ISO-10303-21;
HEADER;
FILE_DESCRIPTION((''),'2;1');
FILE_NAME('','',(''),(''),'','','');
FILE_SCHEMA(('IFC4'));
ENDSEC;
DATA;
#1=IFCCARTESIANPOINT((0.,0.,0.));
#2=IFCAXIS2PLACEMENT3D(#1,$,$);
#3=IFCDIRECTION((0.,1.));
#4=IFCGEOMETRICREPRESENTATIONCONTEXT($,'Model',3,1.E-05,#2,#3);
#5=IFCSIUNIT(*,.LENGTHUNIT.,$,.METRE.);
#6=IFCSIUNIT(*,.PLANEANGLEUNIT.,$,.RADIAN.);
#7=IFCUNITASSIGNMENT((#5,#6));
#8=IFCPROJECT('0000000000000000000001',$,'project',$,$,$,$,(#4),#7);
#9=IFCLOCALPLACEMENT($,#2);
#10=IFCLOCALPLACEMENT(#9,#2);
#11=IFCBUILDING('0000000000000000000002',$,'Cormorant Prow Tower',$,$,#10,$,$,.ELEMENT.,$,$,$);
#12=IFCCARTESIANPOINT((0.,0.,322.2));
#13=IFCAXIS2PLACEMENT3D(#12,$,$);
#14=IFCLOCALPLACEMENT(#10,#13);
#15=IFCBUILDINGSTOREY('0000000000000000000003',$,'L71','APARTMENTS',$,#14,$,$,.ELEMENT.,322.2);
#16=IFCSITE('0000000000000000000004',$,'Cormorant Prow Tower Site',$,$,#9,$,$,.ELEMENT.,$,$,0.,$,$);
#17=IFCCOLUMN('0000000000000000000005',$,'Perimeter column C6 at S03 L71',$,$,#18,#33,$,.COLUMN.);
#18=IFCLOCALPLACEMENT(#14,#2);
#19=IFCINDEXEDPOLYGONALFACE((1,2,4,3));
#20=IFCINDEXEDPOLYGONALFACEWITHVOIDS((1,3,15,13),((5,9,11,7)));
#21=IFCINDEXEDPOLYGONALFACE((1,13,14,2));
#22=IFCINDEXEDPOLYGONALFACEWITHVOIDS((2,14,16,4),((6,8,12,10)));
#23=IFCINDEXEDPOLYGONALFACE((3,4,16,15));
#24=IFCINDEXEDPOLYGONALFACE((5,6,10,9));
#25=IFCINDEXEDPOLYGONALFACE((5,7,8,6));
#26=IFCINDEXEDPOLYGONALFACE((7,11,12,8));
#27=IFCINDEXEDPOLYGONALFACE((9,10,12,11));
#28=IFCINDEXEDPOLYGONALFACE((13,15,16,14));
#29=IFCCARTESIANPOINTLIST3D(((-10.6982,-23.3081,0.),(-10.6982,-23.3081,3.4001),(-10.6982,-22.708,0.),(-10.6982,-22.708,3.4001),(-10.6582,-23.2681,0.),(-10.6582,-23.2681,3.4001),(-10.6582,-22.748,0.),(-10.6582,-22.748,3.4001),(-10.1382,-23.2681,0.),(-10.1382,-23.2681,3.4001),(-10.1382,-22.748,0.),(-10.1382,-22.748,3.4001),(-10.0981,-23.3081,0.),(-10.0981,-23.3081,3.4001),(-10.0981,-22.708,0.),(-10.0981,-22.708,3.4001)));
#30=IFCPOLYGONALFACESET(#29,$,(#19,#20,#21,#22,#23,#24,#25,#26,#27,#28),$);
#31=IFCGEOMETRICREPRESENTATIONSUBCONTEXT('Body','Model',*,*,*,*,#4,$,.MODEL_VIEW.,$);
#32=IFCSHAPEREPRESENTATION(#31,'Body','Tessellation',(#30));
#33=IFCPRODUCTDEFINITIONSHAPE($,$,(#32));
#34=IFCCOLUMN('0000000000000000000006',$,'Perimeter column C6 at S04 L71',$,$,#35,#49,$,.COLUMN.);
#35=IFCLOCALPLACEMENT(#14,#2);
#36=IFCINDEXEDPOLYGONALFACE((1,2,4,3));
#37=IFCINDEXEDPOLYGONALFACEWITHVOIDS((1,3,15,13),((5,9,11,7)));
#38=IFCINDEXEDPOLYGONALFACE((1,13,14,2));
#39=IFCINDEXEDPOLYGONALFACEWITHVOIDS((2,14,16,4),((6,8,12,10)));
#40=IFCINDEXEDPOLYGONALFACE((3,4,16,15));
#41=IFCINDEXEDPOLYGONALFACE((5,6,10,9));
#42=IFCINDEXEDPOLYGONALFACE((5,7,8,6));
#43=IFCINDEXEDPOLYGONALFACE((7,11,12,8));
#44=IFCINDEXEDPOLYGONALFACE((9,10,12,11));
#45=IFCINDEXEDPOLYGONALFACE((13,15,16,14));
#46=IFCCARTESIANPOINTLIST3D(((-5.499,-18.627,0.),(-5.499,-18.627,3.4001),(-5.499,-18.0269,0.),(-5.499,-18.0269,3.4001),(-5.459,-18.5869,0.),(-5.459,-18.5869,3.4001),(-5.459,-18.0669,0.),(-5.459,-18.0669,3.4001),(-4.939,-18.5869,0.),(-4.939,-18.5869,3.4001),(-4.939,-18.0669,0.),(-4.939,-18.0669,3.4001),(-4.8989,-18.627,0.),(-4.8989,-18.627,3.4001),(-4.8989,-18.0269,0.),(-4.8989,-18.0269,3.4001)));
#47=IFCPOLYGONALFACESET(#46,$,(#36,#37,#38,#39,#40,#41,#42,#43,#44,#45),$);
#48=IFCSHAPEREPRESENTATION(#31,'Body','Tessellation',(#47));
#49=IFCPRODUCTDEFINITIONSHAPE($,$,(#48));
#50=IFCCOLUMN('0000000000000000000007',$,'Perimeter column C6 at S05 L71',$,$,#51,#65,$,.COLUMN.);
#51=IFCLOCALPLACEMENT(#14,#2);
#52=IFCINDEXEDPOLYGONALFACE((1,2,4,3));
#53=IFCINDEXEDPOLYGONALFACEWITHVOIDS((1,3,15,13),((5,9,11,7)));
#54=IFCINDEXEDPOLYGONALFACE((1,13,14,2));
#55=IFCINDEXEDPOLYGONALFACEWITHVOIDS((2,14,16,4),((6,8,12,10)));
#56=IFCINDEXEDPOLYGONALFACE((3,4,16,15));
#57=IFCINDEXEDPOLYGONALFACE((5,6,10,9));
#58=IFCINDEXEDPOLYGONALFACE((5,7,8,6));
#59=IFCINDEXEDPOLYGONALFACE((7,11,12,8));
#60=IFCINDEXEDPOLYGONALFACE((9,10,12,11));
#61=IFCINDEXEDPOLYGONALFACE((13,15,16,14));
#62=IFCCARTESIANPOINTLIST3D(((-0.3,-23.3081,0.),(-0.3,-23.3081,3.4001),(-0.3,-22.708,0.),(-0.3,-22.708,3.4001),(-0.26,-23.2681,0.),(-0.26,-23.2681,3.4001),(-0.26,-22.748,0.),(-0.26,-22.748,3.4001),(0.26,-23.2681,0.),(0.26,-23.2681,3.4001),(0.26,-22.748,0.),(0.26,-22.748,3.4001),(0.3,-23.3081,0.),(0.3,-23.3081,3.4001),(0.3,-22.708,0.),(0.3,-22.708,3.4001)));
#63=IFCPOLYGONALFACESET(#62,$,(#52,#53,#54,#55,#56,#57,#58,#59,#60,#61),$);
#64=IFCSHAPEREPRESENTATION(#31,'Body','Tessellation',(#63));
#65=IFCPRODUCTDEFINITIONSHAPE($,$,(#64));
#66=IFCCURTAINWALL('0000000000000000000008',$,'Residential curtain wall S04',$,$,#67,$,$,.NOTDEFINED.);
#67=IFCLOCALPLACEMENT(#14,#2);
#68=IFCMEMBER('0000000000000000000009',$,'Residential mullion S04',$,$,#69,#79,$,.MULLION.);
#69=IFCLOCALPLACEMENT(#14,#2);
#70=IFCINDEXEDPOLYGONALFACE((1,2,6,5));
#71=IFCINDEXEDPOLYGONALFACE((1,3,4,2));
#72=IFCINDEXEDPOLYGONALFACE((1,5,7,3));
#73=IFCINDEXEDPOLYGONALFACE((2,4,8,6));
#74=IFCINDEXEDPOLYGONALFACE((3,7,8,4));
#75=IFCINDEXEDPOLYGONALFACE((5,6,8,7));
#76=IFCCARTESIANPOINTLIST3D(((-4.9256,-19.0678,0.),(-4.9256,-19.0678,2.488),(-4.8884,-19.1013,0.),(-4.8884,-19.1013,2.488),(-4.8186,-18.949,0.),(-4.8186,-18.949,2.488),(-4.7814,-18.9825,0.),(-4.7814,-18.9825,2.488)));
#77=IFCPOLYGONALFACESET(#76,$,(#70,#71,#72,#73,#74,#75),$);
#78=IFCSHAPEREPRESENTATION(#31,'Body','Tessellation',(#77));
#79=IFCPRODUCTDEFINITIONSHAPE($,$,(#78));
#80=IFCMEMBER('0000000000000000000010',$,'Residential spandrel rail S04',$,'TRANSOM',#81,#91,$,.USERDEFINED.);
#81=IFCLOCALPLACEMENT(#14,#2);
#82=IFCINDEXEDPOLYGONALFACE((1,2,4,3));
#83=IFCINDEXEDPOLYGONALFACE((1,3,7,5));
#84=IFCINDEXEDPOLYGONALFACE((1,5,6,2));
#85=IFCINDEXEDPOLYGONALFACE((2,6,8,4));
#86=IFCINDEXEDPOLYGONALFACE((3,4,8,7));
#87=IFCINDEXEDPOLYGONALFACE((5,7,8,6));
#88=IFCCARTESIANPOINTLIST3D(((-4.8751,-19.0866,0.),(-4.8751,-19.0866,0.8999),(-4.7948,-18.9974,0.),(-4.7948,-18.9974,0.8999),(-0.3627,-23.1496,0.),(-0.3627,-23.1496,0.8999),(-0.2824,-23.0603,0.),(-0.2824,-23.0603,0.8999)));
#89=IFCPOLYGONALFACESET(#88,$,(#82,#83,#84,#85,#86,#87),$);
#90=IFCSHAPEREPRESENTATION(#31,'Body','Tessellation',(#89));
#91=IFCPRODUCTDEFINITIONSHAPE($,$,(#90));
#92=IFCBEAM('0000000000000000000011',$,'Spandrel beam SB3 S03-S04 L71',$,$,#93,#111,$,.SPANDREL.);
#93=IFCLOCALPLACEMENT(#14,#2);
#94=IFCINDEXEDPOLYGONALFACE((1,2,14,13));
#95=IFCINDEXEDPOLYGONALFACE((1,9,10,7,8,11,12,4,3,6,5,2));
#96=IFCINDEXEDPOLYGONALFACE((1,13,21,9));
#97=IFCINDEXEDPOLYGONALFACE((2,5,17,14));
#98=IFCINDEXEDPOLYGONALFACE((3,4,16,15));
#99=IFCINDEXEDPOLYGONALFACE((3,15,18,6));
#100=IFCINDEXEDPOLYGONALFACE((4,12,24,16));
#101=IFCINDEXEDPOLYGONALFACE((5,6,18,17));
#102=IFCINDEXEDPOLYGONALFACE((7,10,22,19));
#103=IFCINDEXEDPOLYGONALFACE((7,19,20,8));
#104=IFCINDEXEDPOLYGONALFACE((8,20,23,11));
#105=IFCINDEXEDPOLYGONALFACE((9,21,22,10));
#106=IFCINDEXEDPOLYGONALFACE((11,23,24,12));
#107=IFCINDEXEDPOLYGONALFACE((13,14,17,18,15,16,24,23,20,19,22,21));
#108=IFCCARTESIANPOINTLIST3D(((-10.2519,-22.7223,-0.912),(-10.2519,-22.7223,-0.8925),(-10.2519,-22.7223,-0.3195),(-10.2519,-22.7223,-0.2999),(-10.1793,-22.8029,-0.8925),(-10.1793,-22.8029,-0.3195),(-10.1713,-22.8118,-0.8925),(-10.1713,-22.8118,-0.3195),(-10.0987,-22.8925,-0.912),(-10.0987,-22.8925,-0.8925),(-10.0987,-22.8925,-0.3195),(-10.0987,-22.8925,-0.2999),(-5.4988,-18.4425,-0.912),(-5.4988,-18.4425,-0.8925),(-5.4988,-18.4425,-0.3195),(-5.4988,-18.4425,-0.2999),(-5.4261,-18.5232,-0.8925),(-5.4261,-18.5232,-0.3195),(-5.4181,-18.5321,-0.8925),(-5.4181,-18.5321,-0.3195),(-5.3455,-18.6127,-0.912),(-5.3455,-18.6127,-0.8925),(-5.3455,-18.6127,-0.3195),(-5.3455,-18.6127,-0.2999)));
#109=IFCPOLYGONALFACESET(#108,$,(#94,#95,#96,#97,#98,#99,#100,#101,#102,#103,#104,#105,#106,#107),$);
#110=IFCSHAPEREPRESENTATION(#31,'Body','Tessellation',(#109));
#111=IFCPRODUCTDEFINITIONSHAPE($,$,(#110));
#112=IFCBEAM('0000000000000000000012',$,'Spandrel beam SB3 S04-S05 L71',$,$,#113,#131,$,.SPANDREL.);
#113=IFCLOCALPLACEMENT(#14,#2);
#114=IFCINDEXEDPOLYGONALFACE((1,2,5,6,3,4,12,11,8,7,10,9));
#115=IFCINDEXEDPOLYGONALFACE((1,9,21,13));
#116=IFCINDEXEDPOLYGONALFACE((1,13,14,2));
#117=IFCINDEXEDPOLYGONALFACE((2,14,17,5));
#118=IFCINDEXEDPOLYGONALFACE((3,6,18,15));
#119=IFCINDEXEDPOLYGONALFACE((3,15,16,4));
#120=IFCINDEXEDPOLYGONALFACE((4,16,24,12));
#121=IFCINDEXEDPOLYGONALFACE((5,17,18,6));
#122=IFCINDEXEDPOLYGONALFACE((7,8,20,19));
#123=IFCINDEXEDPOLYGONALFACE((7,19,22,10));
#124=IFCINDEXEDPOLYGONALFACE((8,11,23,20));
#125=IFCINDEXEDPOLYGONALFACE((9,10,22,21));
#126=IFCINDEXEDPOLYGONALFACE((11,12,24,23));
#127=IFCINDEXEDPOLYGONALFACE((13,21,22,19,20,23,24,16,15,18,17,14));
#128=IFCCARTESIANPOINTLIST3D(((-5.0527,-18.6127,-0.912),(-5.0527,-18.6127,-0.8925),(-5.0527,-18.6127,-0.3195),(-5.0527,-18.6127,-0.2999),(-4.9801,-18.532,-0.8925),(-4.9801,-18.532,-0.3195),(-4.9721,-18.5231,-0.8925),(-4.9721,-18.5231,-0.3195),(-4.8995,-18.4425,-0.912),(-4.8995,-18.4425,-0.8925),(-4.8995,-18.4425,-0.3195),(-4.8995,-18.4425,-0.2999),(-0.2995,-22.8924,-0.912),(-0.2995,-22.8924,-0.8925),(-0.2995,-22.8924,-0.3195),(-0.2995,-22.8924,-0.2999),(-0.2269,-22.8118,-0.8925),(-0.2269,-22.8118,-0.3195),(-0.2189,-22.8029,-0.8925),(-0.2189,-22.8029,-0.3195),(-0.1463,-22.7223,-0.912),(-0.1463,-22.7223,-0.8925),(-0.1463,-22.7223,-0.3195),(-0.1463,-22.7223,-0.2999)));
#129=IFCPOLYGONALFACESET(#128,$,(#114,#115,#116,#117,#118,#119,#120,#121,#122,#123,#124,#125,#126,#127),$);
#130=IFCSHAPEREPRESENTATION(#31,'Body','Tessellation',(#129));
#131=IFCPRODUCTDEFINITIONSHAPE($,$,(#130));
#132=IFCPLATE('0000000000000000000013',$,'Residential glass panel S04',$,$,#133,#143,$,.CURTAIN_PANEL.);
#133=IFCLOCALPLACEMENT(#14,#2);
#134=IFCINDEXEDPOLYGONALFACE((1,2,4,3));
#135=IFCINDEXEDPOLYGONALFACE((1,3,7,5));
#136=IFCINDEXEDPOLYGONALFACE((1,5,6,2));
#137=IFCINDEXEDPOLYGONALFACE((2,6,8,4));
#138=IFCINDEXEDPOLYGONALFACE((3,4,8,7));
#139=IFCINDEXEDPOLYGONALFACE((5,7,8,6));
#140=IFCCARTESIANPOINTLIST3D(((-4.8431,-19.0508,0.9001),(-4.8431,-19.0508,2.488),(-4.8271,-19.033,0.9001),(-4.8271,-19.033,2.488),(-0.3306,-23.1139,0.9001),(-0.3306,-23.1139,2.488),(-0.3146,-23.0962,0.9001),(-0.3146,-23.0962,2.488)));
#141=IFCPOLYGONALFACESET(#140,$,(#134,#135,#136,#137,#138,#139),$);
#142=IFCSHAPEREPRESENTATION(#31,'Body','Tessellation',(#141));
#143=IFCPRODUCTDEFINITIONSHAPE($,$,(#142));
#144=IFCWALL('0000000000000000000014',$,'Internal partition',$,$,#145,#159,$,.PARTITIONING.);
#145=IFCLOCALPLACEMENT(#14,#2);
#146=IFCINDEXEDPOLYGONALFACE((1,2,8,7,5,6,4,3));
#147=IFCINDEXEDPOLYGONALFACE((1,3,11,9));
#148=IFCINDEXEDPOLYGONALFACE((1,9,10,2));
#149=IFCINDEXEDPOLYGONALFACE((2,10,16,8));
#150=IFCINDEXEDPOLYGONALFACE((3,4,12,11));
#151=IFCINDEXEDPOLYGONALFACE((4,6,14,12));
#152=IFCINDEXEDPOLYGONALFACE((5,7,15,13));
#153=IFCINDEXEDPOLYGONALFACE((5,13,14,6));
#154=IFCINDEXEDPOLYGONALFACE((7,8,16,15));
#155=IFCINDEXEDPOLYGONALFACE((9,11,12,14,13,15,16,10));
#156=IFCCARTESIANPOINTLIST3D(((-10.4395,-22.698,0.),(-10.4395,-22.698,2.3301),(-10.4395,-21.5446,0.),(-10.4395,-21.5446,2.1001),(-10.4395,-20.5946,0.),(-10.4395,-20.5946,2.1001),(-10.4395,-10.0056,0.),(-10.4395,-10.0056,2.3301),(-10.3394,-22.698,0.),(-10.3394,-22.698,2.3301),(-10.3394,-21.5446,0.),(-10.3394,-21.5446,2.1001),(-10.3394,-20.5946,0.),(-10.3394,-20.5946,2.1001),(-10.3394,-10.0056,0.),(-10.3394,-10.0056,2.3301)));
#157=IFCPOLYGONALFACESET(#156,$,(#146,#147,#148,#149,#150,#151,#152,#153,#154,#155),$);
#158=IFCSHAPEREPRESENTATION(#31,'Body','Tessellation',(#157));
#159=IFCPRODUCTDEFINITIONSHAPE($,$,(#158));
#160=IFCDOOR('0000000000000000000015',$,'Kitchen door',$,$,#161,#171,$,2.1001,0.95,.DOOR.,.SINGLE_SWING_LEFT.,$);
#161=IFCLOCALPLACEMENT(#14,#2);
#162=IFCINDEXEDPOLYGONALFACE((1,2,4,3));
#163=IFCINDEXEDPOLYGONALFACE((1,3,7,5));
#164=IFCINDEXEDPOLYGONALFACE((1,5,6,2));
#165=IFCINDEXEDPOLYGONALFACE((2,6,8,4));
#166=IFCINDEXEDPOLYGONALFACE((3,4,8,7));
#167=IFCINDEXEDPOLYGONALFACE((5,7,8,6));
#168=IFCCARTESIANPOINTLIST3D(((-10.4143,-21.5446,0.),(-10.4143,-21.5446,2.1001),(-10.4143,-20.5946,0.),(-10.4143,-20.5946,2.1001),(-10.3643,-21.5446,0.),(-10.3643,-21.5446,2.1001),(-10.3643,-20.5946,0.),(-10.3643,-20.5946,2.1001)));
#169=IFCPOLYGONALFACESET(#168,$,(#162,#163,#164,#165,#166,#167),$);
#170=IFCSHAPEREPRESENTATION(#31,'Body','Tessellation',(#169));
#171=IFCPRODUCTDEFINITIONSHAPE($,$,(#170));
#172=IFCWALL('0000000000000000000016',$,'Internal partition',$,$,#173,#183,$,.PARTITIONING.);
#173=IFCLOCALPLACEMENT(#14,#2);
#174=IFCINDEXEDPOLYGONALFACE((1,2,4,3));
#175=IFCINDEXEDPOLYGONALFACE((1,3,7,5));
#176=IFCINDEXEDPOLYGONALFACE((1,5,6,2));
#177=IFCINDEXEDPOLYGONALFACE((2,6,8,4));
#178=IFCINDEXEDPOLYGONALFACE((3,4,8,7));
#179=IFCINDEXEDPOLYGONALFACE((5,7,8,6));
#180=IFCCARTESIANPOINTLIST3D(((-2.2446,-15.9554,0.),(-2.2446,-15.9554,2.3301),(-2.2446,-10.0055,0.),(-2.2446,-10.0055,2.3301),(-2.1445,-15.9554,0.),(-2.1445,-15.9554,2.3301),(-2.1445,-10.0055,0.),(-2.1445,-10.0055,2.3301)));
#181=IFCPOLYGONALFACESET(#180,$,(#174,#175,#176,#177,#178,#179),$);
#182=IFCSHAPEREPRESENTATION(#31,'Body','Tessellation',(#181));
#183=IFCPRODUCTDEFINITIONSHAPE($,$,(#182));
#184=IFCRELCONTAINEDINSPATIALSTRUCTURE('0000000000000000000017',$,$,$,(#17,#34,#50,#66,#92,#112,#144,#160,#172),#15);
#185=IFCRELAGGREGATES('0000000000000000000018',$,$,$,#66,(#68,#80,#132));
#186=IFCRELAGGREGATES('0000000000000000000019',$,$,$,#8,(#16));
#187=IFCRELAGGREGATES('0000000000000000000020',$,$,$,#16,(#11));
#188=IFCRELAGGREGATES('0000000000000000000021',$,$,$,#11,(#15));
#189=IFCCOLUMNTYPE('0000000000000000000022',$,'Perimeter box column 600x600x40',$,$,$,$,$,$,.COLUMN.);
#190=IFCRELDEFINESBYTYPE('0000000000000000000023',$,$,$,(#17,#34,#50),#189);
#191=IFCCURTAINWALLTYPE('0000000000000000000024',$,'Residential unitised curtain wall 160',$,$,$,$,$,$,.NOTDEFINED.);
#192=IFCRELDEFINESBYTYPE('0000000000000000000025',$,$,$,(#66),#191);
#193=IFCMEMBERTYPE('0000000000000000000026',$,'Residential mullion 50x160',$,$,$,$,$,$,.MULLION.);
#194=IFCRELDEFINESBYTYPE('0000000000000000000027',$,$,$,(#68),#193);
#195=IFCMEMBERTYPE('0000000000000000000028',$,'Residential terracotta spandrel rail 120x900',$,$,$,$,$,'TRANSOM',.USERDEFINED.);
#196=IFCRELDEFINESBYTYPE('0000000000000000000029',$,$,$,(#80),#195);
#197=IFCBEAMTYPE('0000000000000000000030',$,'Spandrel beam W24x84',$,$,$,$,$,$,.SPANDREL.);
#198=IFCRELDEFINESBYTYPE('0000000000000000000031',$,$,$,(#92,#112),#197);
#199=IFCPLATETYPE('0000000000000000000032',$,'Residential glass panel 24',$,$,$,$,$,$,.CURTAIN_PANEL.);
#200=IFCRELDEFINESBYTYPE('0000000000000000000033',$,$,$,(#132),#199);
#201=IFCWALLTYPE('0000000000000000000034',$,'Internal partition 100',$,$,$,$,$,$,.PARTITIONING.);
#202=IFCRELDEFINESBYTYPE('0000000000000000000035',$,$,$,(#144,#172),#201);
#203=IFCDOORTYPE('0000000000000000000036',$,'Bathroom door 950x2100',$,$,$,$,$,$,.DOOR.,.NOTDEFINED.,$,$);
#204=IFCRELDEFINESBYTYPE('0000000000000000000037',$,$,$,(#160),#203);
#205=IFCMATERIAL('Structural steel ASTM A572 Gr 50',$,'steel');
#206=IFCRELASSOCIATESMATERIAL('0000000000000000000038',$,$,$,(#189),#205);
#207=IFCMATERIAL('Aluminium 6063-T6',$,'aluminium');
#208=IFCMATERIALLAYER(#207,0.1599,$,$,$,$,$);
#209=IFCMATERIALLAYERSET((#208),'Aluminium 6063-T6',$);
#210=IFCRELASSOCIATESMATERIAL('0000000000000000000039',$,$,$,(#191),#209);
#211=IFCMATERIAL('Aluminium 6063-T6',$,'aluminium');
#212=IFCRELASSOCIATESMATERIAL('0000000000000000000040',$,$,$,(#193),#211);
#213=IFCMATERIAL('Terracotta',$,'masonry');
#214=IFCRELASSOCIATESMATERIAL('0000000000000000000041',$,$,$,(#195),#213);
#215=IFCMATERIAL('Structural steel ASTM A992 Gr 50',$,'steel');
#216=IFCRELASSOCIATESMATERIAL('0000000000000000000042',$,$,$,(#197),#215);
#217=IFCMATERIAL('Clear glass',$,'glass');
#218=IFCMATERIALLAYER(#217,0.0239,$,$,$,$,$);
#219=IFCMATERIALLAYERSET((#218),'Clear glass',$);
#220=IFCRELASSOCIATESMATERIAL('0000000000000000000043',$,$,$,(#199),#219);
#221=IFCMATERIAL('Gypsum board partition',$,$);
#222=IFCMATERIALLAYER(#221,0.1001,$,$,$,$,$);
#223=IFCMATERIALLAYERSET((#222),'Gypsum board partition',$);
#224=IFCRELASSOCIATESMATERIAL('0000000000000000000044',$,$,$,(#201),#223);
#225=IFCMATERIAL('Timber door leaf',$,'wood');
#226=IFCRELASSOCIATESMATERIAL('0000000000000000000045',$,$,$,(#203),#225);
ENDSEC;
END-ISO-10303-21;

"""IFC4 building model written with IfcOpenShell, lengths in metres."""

from ifc_helpers import new_model, si_unit, direction, frame, frame_2d, origin, origin_2d, place, context, subcontext, project, spatial, rectangle, hollow_rectangle, i_section, extrude, material, layer, layer_set, material_profile, profile_set, type_object, element, fill, aggregate, save


model = new_model("IFC4")

# Units and contexts
model_context = context("Model", 3, precision=1e-05, world=origin(), true_north=direction((0.0, 1.0)))
body_context = subcontext(model_context, "Body", "Model", "MODEL_VIEW")
ifc_project = project(units=[si_unit("LENGTHUNIT", "METRE"), si_unit("PLANEANGLEUNIT", "RADIAN")], contexts=[model_context])

# Site, building, storey
site_placement = place(None, origin())
site = spatial("IfcSite", under=ifc_project, at=site_placement, Name="Cormorant Prow Tower Site", CompositionType="ELEMENT", RefElevation=0.0)
building_placement = place(site_placement, origin())
building = spatial("IfcBuilding", under=site, at=building_placement, Name="Cormorant Prow Tower", CompositionType="ELEMENT")
storey_placement = place(building_placement, frame((0.0, 0.0, 322.2)))
storey = spatial("IfcBuildingStorey", under=building, at=storey_placement, Name="L71", Description="APARTMENTS", CompositionType="ELEMENT", Elevation=322.2)

# Columns
ifc_material_1 = material(Name="Structural steel ASTM A572 Gr 50", Category="steel")
ifc_material_profile_1 = material_profile(ifc_material_1, hollow_rectangle(XDim=0.6001, YDim=0.6001, WallThickness=0.04, at=origin_2d()), Name="Box 600x600x40")
ifc_profile_set_1 = profile_set([ifc_material_profile_1], Name="Structural steel ASTM A572 Gr 50")
column_type = type_object("IfcColumnType", Name="Perimeter box column 600x600x40", PredefinedType="COLUMN", material=ifc_profile_set_1)
for number, where, z_axis, x_axis, name in (
    (1, (-10.3982, -23.0081, 0.0), (0.0, 0.0, 1.0), (1.0, 0.0, 0.0), "Perimeter column C6 at S03 L71"),
    (2, (-5.199, -18.3269, 0.0), (0.0, 0.0, 1.0), (1.0, 0.0, 0.0), "Perimeter column C6 at S04 L71"),
    (3, (0.0, -23.0081, 0.0), (0.0, 0.0, 1.0), (1.0, 0.0, 0.0), "Perimeter column C6 at S05 L71"),
):
    element("IfcColumn", number, at=place(storey_placement, frame(where, z_axis=z_axis, x_axis=x_axis)), inside=storey, type_object=column_type, Name=name, PredefinedType="COLUMN", context=body_context, shape_type="SweptSolid", body=[
        extrude(hollow_rectangle(XDim=0.6001, YDim=0.6001, WallThickness=0.04, at=origin_2d()), origin(), (0.0, 0.0, 1.0), 3.4001),
    ])

# Curtain wall, members
ifc_material_2 = material(Name="Aluminium 6063-T6", Category="aluminium")
ifc_layer_1 = layer(ifc_material_2, 0.1599)
ifc_layer_set_1 = layer_set([ifc_layer_1], Name="Aluminium 6063-T6")
curtain_wall_type = type_object("IfcCurtainWallType", Name="Residential unitised curtain wall 160", PredefinedType="NOTDEFINED", material=ifc_layer_set_1)
curtain_wall_placement = place(storey_placement, origin())
curtain_wall = element("IfcCurtainWall", 4, at=curtain_wall_placement, inside=storey, type_object=curtain_wall_type, Name="Residential curtain wall S04", PredefinedType="NOTDEFINED")
ifc_material_3 = material(Name="Aluminium 6063-T6", Category="aluminium")
ifc_material_profile_2 = material_profile(ifc_material_3, rectangle(XDim=0.1599, YDim=0.05, at=origin_2d()), Name="Residential mullion 50x160")
ifc_profile_set_2 = profile_set([ifc_material_profile_2], Name="Aluminium 6063-T6")
member_type_1 = type_object("IfcMemberType", Name="Residential mullion 50x160", PredefinedType="MULLION", material=ifc_profile_set_2)
member_1_placement = place(storey_placement, frame((-4.8535, -19.0251, 0.0), z_axis=(0.0, 0.0, 1.0), x_axis=(0.669131, 0.743145, 0.0)))
member_1 = element("IfcMember", 5, at=member_1_placement, type_object=member_type_1, Name="Residential mullion S04", PredefinedType="MULLION", context=body_context, shape_type="SweptSolid", body=[
    extrude(rectangle(XDim=0.1599, YDim=0.05, at=origin_2d()), origin(), (0.0, 0.0, 1.0), 2.488),
])
ifc_material_4 = material(Name="Terracotta", Category="masonry")
ifc_material_profile_3 = material_profile(ifc_material_4, rectangle(XDim=0.1201, YDim=0.8999, at=origin_2d()), Name="Residential terracotta spandrel rail 120x900")
ifc_profile_set_3 = profile_set([ifc_material_profile_3], Name="Terracotta")
member_type_2 = type_object("IfcMemberType", Name="Residential terracotta spandrel rail 120x900", ElementType="TRANSOM", PredefinedType="USERDEFINED", material=ifc_profile_set_3)
member_2_placement = place(storey_placement, frame((-4.835, -19.042, 0.45), z_axis=(0.743148, -0.669127, 0.0), x_axis=(0.669127, 0.743148, 0.0)))
member_2 = element("IfcMember", 6, at=member_2_placement, type_object=member_type_2, Name="Residential spandrel rail S04", ObjectType="TRANSOM", PredefinedType="USERDEFINED", context=body_context, shape_type="SweptSolid", body=[
    extrude(rectangle(XDim=0.1201, YDim=0.8999, at=origin_2d()), origin(), (0.0, 0.0, 1.0), 6.072),
])

# Beams
ifc_material_5 = material(Name="Structural steel ASTM A992 Gr 50", Category="steel")
ifc_material_profile_4 = material_profile(ifc_material_5, i_section(OverallWidth=0.229, OverallDepth=0.6121, WebThickness=0.012, FlangeThickness=0.0195, at=origin_2d()), Name="W24x84")
ifc_profile_set_4 = profile_set([ifc_material_profile_4], Name="Structural steel ASTM A992 Gr 50")
beam_type = type_object("IfcBeamType", Name="Spandrel beam W24x84", PredefinedType="SPANDREL", material=ifc_profile_set_4)
for number, where, z_axis, x_axis, name in (
    (7, (-10.1753, -22.8074, -0.606), (0.743144, 0.669131, 0.0), (-0.669131, 0.743144, 0.0), "Spandrel beam SB3 S03-S04 L71"),
    (8, (-4.9761, -18.5276, -0.606), (0.743144, -0.669131, 0.0), (0.669131, 0.743144, 0.0), "Spandrel beam SB3 S04-S05 L71"),
):
    element("IfcBeam", number, at=place(storey_placement, frame(where, z_axis=z_axis, x_axis=x_axis)), inside=storey, type_object=beam_type, Name=name, PredefinedType="SPANDREL", context=body_context, shape_type="SweptSolid", body=[
        extrude(i_section(OverallWidth=0.229, OverallDepth=0.6121, WebThickness=0.012, FlangeThickness=0.0195, at=origin_2d()), origin(), (0.0, 0.0, 1.0), 6.396),
    ])

# Plate
ifc_material_6 = material(Name="Clear glass", Category="glass")
ifc_layer_2 = layer(ifc_material_6, 0.0239)
ifc_layer_set_2 = layer_set([ifc_layer_2], Name="Clear glass")
plate_type = type_object("IfcPlateType", Name="Residential glass panel 24", PredefinedType="CURTAIN_PANEL", material=ifc_layer_set_2)
plate_placement = place(storey_placement, frame((-2.5789, -21.0735, 0.9001), z_axis=(0.0, 0.0, 1.0), x_axis=(0.743145, -0.669131, 0.0)))
plate = element("IfcPlate", 9, at=plate_placement, type_object=plate_type, Name="Residential glass panel S04", PredefinedType="CURTAIN_PANEL", context=body_context, shape_type="SweptSolid", body=[
    extrude(rectangle(XDim=6.0723, YDim=0.0239, at=origin_2d()), origin(), (0.0, 0.0, 1.0), 1.5879),
])
aggregate(curtain_wall, [member_1, member_2, plate])

# Wall, opening, door
ifc_material_7 = material(Name="Gypsum board partition")
ifc_layer_3 = layer(ifc_material_7, 0.1001)
ifc_layer_set_3 = layer_set([ifc_layer_3], Name="Gypsum board partition")
wall_type_1 = type_object("IfcWallType", Name="Internal partition 100", PredefinedType="PARTITIONING", material=ifc_layer_set_3)
wall_1_placement = place(storey_placement, frame((-10.3894, -22.698, 0.0), z_axis=(0.0, 0.0, 1.0), x_axis=(0.0, 1.0, 0.0)))
wall_1 = element("IfcWall", 10, at=wall_1_placement, inside=storey, type_object=wall_type_1, Name="Internal partition", PredefinedType="PARTITIONING", context=body_context, shape_type="SweptSolid", body=[
    extrude(rectangle(XDim=12.6924, YDim=0.1001, at=frame_2d((6.3462, 0.0))), origin(), (0.0, 0.0, 1.0), 2.3301),
])
opening_1_placement = place(wall_1_placement, frame((1.1533, 0.0, 0.0)))
opening_1 = element("IfcOpeningElement", 11, at=opening_1_placement, cuts=wall_1, PredefinedType="OPENING", context=body_context, shape_type="SweptSolid", body=[
    extrude(rectangle(XDim=0.95, YDim=2.1001, at=frame_2d((0.4751, 1.05))), frame((0.0, 0.0601, 0.0), z_axis=(0.0, -1.0, 0.0), x_axis=(1.0, 0.0, 0.0)), (0.0, 0.0, 1.0), 0.1201),
])
ifc_material_8 = material(Name="Timber door leaf", Category="wood")
door_type_1 = type_object("IfcDoorType", Name="Bathroom door 950x2100", OperationType="NOTDEFINED", PredefinedType="DOOR", material=ifc_material_8)
door_1_placement = place(opening_1_placement, origin())
door_1 = element("IfcDoor", 12, at=door_1_placement, inside=storey, type_object=door_type_1, Name="Kitchen door", OperationType="SINGLE_SWING_LEFT", OverallHeight=2.1001, OverallWidth=0.95, PredefinedType="DOOR", context=body_context, shape_type="SweptSolid", body=[
    extrude(rectangle(XDim=0.95, YDim=2.1001, at=frame_2d((0.4751, 1.05))), frame((0.0, 0.0249, 0.0), z_axis=(0.0, -1.0, 0.0), x_axis=(1.0, 0.0, 0.0)), (0.0, 0.0, 1.0), 0.05),
])
fill(opening_1, door_1)

# Wall
wall_2_placement = place(storey_placement, frame((-2.1946, -15.9556, 0.0), z_axis=(0.0, 0.0, 1.0), x_axis=(0.0, 1.0, 0.0)))
element("IfcWall", 13, at=wall_2_placement, inside=storey, type_object=wall_type_1, Name="Internal partition", PredefinedType="PARTITIONING", context=body_context, shape_type="SweptSolid", body=[
    extrude(rectangle(XDim=5.95, YDim=0.1001, at=frame_2d((2.9751, 0.0))), origin(), (0.0, 0.0, 1.0), 2.3301),
])

save(model, "model.ifc")
